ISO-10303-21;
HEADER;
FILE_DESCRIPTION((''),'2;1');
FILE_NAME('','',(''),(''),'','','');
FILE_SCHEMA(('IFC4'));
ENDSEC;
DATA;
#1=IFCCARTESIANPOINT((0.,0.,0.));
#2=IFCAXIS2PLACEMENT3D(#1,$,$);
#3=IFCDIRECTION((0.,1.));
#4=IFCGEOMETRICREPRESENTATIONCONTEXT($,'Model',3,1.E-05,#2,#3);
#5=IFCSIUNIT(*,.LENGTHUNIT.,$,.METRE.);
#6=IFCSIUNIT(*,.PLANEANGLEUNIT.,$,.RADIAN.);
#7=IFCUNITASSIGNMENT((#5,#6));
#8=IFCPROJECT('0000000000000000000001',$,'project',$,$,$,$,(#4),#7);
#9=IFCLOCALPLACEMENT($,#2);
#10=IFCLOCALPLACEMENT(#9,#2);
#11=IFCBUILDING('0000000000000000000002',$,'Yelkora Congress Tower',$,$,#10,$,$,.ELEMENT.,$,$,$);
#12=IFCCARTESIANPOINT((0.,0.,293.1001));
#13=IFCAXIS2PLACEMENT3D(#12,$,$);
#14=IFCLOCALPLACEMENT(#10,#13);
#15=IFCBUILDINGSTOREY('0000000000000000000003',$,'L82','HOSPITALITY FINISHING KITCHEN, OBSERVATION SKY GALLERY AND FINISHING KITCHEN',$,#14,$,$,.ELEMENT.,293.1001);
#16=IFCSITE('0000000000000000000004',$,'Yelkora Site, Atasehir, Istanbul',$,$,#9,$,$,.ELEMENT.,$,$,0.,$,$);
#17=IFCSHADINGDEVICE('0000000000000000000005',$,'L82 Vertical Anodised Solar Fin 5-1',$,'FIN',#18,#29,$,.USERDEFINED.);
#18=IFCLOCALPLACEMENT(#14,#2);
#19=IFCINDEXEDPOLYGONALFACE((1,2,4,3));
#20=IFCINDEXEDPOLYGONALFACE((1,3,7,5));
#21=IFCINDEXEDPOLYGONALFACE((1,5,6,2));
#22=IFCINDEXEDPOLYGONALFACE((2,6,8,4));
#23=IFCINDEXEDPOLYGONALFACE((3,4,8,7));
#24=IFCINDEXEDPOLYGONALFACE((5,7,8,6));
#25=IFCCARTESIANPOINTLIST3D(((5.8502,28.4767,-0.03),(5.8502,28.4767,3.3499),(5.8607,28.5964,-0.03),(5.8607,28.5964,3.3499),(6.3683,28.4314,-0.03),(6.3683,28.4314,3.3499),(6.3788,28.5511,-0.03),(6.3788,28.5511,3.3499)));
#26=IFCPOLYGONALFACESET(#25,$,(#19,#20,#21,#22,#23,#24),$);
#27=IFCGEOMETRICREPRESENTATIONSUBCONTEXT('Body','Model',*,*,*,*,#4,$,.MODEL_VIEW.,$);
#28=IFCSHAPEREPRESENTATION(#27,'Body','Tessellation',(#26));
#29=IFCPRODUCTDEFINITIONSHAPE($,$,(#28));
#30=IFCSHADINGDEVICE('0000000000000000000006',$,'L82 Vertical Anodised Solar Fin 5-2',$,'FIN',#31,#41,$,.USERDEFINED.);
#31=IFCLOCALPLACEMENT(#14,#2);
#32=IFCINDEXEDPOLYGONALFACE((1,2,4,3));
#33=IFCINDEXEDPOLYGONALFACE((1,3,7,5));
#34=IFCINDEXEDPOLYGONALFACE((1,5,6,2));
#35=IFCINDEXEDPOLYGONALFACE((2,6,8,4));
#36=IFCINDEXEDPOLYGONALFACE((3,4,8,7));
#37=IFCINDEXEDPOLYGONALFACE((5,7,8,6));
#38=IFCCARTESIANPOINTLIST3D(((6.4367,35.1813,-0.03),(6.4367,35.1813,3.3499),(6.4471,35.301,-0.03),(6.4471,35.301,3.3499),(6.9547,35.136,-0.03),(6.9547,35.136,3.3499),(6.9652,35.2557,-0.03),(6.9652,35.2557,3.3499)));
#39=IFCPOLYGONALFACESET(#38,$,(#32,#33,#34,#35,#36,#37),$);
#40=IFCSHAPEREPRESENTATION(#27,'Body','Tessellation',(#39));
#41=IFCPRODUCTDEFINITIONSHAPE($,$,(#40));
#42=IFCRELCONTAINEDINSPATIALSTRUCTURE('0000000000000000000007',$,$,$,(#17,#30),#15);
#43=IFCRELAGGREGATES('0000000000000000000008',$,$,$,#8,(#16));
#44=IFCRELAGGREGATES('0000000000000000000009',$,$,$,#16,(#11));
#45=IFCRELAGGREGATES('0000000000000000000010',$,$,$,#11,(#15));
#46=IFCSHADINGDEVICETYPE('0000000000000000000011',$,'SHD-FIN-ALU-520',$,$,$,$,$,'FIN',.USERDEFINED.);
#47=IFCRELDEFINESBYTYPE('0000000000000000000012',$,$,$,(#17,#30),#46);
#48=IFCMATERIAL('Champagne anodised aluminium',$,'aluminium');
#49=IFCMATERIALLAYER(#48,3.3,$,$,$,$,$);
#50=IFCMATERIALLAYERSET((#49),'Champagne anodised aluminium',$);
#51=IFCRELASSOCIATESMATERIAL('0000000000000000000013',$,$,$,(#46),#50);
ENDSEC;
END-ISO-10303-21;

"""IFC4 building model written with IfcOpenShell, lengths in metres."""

from ifc_helpers import new_model, si_unit, direction, frame, origin, origin_2d, place, context, subcontext, project, spatial, rectangle, extrude, material, layer, layer_set, type_object, element, save


model = new_model("IFC4")

# Units and contexts
model_context = context("Model", 3, precision=1e-05, world=origin(), true_north=direction((0.0, 1.0)))
body_context = subcontext(model_context, "Body", "Model", "MODEL_VIEW")
ifc_project = project(units=[si_unit("LENGTHUNIT", "METRE"), si_unit("PLANEANGLEUNIT", "RADIAN")], contexts=[model_context])

# Site, building, storey
site_placement = place(None, origin())
site = spatial("IfcSite", under=ifc_project, at=site_placement, Name="Yelkora Site, Atasehir, Istanbul", CompositionType="ELEMENT", RefElevation=0.0)
building_placement = place(site_placement, origin())
building = spatial("IfcBuilding", under=site, at=building_placement, Name="Yelkora Congress Tower", CompositionType="ELEMENT")
storey_placement = place(building_placement, frame((0.0, 0.0, 293.1001)))
storey = spatial("IfcBuildingStorey", under=building, at=storey_placement, Name="L82", Description="HOSPITALITY FINISHING KITCHEN, OBSERVATION SKY GALLERY AND FINISHING KITCHEN", CompositionType="ELEMENT", Elevation=293.1001)

# Shading devices
ifc_material_1 = material(Name="Champagne anodised aluminium", Category="aluminium")
ifc_layer_1 = layer(ifc_material_1, 3.3)
ifc_layer_set_1 = layer_set([ifc_layer_1], Name="Champagne anodised aluminium")
shading_device_type = type_object("IfcShadingDeviceType", Name="SHD-FIN-ALU-520", ElementType="FIN", PredefinedType="USERDEFINED", material=ifc_layer_set_1)
for number, where, z_axis, x_axis, name in (
    (1, (6.1145, 28.5139, -0.03), (0.0, 0.0, 1.0), (0.087156, 0.996195, 0.0), "L82 Vertical Anodised Solar Fin 5-1"),
    (2, (6.7009, 35.2185, -0.03), (0.0, 0.0, 1.0), (0.087156, 0.996195, 0.0), "L82 Vertical Anodised Solar Fin 5-2"),
):
    element("IfcShadingDevice", number, at=place(storey_placement, frame(where, z_axis=z_axis, x_axis=x_axis)), inside=storey, type_object=shading_device_type, Name=name, ObjectType="FIN", PredefinedType="USERDEFINED", context=body_context, shape_type="SweptSolid", body=[
        extrude(rectangle(XDim=0.1201, YDim=0.52, at=origin_2d()), origin(), (0.0, 0.0, 1.0), 3.3799),
    ])

save(model, "model.ifc")
